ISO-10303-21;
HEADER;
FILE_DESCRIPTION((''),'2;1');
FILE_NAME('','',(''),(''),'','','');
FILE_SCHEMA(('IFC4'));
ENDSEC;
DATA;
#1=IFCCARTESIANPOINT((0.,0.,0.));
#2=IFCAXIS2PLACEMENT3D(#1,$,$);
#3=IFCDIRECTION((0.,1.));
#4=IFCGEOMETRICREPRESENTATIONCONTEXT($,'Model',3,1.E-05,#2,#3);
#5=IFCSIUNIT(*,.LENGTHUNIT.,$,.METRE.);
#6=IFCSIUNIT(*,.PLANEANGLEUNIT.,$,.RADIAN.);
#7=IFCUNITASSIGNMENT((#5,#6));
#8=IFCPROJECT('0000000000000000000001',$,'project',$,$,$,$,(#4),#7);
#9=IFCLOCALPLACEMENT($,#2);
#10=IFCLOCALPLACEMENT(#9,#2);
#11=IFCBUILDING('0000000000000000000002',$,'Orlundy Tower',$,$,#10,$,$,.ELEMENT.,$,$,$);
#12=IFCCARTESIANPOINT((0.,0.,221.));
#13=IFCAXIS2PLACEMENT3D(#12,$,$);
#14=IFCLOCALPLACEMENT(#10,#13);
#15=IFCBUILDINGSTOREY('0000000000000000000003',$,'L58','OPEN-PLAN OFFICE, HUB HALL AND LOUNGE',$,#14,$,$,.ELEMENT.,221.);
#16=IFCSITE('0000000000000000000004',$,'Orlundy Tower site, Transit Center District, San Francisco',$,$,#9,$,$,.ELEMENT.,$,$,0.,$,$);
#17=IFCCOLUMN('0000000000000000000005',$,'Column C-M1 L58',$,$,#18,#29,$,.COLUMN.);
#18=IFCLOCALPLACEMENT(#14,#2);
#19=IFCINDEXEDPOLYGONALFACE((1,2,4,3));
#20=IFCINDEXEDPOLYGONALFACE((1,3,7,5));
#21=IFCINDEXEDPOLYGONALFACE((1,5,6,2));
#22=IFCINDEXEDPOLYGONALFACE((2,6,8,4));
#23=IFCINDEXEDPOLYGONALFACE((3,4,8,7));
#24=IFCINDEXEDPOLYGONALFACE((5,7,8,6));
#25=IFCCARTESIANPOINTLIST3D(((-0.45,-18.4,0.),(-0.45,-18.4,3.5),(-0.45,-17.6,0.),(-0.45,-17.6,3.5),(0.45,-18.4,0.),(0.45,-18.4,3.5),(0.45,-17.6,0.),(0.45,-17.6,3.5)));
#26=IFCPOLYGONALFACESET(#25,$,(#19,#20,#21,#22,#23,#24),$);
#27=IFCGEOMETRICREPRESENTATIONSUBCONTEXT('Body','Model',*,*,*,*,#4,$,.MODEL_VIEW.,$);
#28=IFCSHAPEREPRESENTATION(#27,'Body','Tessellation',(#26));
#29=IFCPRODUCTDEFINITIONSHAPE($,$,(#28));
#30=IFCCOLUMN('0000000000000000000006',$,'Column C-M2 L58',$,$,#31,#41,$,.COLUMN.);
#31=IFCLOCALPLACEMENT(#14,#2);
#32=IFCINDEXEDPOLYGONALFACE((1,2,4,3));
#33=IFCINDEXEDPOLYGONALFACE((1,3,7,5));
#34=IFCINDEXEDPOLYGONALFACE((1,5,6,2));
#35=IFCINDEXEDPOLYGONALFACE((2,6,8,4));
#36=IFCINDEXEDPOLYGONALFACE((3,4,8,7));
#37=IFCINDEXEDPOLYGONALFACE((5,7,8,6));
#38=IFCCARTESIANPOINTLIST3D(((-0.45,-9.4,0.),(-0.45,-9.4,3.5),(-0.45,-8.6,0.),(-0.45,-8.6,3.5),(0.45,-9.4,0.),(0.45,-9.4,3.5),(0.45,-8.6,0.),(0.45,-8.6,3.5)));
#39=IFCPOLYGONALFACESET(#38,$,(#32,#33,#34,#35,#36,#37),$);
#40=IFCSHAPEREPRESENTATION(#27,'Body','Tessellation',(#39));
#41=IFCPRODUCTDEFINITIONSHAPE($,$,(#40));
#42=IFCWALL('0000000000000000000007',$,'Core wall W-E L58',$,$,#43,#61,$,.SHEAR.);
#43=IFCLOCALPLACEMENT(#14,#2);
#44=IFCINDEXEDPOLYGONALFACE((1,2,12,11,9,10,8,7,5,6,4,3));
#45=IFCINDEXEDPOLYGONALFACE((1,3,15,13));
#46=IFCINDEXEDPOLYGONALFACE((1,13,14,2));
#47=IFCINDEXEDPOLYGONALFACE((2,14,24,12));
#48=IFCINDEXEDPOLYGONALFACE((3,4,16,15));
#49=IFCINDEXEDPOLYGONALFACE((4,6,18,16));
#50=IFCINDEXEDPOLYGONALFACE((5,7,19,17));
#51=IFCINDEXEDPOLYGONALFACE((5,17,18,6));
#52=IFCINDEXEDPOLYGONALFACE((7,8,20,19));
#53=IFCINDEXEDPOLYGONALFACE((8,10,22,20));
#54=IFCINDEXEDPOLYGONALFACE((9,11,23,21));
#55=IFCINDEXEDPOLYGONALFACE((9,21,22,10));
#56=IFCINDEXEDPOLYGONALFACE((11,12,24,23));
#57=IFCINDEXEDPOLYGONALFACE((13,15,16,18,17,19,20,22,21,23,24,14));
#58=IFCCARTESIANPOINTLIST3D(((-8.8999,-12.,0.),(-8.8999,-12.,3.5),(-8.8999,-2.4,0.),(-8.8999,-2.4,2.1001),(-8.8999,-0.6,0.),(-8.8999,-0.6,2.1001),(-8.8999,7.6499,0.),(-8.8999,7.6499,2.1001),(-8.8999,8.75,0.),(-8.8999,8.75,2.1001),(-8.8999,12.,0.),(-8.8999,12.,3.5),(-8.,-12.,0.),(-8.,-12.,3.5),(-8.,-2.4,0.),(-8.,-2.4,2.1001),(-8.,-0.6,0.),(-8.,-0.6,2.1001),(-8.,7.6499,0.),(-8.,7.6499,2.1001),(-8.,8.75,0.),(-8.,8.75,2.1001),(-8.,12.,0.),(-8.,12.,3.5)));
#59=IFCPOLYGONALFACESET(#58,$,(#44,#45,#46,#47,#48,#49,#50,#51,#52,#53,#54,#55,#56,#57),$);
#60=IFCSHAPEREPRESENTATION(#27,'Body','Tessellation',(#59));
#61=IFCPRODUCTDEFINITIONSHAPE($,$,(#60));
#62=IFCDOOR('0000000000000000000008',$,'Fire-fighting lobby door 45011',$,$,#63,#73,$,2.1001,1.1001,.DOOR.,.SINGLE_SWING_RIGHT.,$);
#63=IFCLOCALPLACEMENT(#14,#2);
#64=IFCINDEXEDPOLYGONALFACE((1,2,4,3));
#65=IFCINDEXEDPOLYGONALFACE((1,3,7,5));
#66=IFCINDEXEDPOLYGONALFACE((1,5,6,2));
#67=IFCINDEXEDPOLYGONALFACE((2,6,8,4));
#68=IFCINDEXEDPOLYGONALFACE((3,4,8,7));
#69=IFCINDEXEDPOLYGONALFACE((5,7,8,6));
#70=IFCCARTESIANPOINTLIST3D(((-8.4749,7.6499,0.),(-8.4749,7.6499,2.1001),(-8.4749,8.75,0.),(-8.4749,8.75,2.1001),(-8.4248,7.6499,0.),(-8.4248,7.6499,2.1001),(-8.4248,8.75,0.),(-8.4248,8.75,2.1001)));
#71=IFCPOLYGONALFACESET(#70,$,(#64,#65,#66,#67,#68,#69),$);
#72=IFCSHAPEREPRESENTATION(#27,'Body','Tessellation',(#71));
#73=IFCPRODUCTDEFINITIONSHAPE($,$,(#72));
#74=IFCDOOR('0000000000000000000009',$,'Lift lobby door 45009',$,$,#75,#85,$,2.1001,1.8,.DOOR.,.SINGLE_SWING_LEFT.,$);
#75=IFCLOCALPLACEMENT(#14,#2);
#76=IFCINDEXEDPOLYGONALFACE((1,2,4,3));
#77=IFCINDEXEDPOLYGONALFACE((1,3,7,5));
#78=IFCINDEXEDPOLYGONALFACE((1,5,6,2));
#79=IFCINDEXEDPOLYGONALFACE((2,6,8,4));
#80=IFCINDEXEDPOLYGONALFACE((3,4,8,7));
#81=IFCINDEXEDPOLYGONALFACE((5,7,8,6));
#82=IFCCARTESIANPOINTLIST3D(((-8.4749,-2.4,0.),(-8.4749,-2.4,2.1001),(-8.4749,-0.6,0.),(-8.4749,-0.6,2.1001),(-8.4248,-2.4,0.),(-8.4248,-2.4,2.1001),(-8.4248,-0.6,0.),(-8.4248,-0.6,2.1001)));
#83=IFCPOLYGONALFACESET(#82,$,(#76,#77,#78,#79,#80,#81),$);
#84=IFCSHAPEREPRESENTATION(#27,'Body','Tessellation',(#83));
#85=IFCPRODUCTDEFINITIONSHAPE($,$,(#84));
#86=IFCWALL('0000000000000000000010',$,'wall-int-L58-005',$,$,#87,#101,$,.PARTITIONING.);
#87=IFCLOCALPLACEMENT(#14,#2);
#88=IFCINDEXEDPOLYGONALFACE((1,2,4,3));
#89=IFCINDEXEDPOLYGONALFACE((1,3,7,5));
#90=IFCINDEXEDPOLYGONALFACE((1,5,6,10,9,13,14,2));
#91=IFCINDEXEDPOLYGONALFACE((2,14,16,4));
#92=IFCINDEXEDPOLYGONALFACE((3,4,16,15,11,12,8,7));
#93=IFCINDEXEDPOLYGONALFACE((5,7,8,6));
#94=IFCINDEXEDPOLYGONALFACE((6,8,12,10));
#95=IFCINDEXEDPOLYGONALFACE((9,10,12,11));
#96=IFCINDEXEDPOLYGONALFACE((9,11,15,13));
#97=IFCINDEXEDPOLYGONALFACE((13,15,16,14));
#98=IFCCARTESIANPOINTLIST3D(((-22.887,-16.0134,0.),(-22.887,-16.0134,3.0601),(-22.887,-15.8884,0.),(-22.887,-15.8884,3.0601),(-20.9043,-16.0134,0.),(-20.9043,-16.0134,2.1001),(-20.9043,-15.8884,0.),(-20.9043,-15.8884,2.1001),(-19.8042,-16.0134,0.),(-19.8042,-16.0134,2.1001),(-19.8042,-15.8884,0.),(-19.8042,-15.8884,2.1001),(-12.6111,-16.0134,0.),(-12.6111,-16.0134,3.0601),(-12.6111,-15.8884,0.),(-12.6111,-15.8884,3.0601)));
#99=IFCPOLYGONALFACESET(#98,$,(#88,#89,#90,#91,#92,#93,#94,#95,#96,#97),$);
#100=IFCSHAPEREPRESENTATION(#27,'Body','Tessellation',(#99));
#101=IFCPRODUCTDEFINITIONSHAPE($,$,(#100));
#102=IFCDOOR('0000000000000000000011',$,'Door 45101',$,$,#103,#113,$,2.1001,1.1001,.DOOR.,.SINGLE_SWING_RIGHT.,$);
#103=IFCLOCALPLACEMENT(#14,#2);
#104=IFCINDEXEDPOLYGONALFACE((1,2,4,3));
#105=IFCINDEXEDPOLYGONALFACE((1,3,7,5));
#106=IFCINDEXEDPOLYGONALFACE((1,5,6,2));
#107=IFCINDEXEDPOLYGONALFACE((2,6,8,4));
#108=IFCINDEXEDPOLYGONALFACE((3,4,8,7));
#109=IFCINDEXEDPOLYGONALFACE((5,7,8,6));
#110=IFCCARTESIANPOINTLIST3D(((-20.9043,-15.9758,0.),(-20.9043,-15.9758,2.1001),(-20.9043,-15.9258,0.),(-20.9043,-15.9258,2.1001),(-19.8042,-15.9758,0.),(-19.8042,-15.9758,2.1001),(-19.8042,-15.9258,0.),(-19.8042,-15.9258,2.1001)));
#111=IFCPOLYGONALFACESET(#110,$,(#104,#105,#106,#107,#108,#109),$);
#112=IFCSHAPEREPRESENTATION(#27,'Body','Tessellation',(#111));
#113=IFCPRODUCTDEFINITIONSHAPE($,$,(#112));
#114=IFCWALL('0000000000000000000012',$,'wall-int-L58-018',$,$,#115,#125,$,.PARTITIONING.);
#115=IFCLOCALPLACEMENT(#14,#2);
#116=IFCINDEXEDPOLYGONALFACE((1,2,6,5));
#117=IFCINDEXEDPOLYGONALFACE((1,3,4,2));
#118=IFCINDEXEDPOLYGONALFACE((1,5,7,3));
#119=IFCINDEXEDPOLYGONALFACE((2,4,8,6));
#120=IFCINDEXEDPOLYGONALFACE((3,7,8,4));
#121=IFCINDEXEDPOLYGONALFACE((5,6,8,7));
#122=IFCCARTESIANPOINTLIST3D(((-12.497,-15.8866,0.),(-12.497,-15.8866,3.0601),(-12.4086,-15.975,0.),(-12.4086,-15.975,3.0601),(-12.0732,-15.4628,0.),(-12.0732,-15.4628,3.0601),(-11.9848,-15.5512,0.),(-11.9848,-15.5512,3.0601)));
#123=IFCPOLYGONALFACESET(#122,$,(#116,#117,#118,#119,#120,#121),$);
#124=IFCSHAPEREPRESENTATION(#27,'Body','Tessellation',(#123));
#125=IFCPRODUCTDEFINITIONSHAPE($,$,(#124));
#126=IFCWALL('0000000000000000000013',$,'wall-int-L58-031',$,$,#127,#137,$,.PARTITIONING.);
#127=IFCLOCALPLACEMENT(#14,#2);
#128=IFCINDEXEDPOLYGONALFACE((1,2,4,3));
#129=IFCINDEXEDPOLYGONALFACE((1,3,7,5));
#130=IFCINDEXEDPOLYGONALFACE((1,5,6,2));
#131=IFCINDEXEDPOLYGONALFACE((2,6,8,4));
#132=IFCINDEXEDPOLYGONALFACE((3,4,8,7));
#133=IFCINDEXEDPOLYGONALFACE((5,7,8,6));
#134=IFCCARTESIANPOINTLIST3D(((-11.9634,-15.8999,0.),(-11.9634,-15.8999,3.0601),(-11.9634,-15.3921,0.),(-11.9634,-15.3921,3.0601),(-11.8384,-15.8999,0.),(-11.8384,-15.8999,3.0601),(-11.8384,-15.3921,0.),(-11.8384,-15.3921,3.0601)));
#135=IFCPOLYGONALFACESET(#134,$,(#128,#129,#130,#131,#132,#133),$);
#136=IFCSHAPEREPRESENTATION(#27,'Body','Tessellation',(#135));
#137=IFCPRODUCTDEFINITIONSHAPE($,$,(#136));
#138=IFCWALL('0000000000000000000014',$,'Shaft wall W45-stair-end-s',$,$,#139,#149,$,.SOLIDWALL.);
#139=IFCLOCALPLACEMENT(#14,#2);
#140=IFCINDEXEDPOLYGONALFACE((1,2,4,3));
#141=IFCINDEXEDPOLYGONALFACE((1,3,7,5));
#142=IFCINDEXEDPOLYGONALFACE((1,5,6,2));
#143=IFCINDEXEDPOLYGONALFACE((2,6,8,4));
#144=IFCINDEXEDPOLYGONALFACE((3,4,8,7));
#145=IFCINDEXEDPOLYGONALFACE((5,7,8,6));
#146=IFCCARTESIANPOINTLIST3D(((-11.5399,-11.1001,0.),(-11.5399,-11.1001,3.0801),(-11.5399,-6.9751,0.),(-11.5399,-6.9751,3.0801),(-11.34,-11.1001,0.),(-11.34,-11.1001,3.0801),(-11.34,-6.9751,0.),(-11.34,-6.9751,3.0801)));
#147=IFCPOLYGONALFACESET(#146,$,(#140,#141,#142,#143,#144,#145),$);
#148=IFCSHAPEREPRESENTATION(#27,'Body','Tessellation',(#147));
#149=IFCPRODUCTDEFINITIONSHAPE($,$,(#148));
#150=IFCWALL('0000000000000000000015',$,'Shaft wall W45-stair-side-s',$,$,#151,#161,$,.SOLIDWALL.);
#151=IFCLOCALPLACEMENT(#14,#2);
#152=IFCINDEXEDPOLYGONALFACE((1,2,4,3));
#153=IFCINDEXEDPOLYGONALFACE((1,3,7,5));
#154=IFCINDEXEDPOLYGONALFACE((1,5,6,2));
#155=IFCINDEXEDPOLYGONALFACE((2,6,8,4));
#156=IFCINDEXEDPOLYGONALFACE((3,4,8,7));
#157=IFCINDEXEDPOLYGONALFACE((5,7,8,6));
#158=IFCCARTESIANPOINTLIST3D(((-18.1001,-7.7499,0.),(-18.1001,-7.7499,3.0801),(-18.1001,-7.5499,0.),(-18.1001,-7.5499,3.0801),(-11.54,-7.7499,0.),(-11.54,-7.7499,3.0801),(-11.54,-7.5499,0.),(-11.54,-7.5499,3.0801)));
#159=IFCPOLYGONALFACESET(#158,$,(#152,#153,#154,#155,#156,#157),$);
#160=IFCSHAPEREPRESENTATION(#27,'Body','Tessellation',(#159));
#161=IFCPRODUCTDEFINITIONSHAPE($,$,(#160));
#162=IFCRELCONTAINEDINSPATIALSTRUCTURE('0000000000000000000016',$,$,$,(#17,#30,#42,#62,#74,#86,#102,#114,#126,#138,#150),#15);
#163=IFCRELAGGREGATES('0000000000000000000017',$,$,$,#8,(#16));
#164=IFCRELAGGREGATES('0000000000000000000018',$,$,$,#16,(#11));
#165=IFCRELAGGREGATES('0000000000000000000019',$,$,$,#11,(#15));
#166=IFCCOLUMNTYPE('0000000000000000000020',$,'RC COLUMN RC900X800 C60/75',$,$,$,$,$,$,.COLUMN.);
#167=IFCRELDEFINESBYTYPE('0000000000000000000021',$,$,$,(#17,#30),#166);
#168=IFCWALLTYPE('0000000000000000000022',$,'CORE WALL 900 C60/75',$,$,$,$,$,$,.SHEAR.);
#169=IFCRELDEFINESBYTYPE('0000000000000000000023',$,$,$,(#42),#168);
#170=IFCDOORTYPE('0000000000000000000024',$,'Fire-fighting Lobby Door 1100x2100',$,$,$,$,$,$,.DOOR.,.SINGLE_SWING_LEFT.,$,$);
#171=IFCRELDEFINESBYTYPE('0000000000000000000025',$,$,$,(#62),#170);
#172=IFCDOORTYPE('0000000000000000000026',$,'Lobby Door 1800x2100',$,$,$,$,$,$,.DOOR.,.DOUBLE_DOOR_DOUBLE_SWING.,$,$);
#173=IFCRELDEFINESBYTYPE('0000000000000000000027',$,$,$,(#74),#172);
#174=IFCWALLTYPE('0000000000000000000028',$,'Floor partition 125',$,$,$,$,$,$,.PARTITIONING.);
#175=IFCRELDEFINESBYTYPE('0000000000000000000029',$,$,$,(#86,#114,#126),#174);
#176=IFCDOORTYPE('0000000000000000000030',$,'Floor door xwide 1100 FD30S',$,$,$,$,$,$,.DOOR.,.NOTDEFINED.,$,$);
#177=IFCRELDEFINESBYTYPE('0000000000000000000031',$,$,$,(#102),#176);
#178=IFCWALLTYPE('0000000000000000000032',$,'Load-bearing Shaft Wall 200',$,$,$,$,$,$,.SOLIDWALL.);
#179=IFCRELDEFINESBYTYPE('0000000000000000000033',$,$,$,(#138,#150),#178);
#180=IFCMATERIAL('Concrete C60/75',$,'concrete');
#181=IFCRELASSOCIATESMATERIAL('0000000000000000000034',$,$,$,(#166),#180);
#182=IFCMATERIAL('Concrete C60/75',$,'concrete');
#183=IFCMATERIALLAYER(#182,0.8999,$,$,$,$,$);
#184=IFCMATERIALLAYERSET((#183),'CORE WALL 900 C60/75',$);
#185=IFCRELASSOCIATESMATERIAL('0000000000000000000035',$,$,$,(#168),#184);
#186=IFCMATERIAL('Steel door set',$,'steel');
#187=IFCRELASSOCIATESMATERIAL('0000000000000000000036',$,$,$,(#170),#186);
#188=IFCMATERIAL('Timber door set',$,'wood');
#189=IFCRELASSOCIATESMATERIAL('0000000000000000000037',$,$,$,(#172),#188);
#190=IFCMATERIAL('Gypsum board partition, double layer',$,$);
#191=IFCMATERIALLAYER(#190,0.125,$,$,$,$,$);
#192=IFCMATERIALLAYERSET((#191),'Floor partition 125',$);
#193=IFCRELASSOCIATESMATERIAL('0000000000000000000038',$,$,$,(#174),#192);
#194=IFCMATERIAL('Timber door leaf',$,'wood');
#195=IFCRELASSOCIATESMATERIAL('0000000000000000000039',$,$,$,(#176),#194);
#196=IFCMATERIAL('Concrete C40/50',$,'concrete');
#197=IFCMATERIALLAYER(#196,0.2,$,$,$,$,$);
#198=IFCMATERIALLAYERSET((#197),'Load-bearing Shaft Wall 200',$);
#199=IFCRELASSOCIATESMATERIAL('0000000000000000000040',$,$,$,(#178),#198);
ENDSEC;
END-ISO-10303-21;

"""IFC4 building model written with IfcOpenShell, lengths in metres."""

from ifc_helpers import new_model, si_unit, direction, frame, frame_2d, origin, origin_2d, place, context, subcontext, project, spatial, rectangle, extrude, material, layer, layer_set, material_profile, profile_set, type_object, element, fill, save


model = new_model("IFC4")

# Units and contexts
model_context = context("Model", 3, precision=1e-05, world=origin(), true_north=direction((0.0, 1.0)))
body_context = subcontext(model_context, "Body", "Model", "MODEL_VIEW")
ifc_project = project(units=[si_unit("LENGTHUNIT", "METRE"), si_unit("PLANEANGLEUNIT", "RADIAN")], contexts=[model_context])

# Site, building, storey
site_placement = place(None, origin())
site = spatial("IfcSite", under=ifc_project, at=site_placement, Name="Orlundy Tower site, Transit Center District, San Francisco", CompositionType="ELEMENT", RefElevation=0.0)
building_placement = place(site_placement, origin())
building = spatial("IfcBuilding", under=site, at=building_placement, Name="Orlundy Tower", CompositionType="ELEMENT")
storey_placement = place(building_placement, frame((0.0, 0.0, 221.0)))
storey = spatial("IfcBuildingStorey", under=building, at=storey_placement, Name="L58", Description="OPEN-PLAN OFFICE, HUB HALL AND LOUNGE", CompositionType="ELEMENT", Elevation=221.0)

# Columns
ifc_material_1 = material(Name="Concrete C60/75", Category="concrete")
ifc_material_profile = material_profile(ifc_material_1, rectangle(XDim=0.8999, YDim=0.8, at=origin_2d()), Name="RC900X800")
ifc_profile_set = profile_set([ifc_material_profile], Name="Concrete C60/75")
column_type = type_object("IfcColumnType", Name="RC COLUMN RC900X800 C60/75", PredefinedType="COLUMN", material=ifc_profile_set)
for number, where, z_axis, x_axis, name in (
    (1, (0.0, -18.0, 0.0), (0.0, 0.0, 1.0), (1.0, 0.0, 0.0), "Column C-M1 L58"),
    (2, (0.0, -9.0, 0.0), (0.0, 0.0, 1.0), (1.0, 0.0, 0.0), "Column C-M2 L58"),
):
    element("IfcColumn", number, at=place(storey_placement, frame(where, z_axis=z_axis, x_axis=x_axis)), inside=storey, type_object=column_type, Name=name, PredefinedType="COLUMN", context=body_context, shape_type="SweptSolid", body=[
        extrude(rectangle(XDim=0.8999, YDim=0.8, at=origin_2d()), origin(), (0.0, 0.0, 1.0), 3.5),
    ])

# Wall, openings, doors
ifc_material_2 = material(Name="Concrete C60/75", Category="concrete")
ifc_layer_1 = layer(ifc_material_2, 0.8999)
ifc_layer_set_1 = layer_set([ifc_layer_1], Name="CORE WALL 900 C60/75")
wall_type_1 = type_object("IfcWallType", Name="CORE WALL 900 C60/75", PredefinedType="SHEAR", material=ifc_layer_set_1)
wall_1_placement = place(storey_placement, frame((-8.45, -12.0, 0.0), z_axis=(0.0, 0.0, 1.0), x_axis=(0.0, 1.0, 0.0)))
wall_1 = element("IfcWall", 3, at=wall_1_placement, inside=storey, type_object=wall_type_1, Name="Core wall W-E L58", PredefinedType="SHEAR", context=body_context, shape_type="SweptSolid", body=[
    extrude(rectangle(XDim=24.0, YDim=0.8999, at=frame_2d((12.0, 0.0))), origin(), (0.0, 0.0, 1.0), 3.5),
])
opening_1_placement = place(wall_1_placement, frame((9.6001, 0.0, 0.0)))
opening_1 = element("IfcOpeningElement", 4, at=opening_1_placement, cuts=wall_1, PredefinedType="OPENING", context=body_context, shape_type="SweptSolid", body=[
    extrude(rectangle(XDim=1.8, YDim=2.1001, at=frame_2d((0.8999, 1.05))), frame((0.0, 0.46, 0.0), z_axis=(0.0, -1.0, 0.0), x_axis=(1.0, 0.0, 0.0)), (0.0, 0.0, 1.0), 0.9199),
])
opening_2_placement = place(wall_1_placement, frame((19.6499, 0.0, 0.0)))
opening_2 = element("IfcOpeningElement", 5, at=opening_2_placement, cuts=wall_1, PredefinedType="OPENING", context=body_context, shape_type="SweptSolid", body=[
    extrude(rectangle(XDim=1.1001, YDim=2.1001, at=frame_2d((0.55, 1.05))), frame((0.0, 0.46, 0.0), z_axis=(0.0, -1.0, 0.0), x_axis=(1.0, 0.0, 0.0)), (0.0, 0.0, 1.0), 0.9199),
])
ifc_material_3 = material(Name="Steel door set", Category="steel")
door_type_1 = type_object("IfcDoorType", Name="Fire-fighting Lobby Door 1100x2100", OperationType="SINGLE_SWING_LEFT", PredefinedType="DOOR", material=ifc_material_3)
door_1_placement = place(opening_2_placement, origin())
door_1 = element("IfcDoor", 6, at=door_1_placement, inside=storey, type_object=door_type_1, Name="Fire-fighting lobby door 45011", OperationType="SINGLE_SWING_RIGHT", OverallHeight=2.1001, OverallWidth=1.1001, PredefinedType="DOOR", context=body_context, shape_type="SweptSolid", body=[
    extrude(rectangle(XDim=1.1001, YDim=2.1001, at=frame_2d((0.55, 1.05))), frame((0.0, 0.0249, 0.0), z_axis=(0.0, -1.0, 0.0), x_axis=(1.0, 0.0, 0.0)), (0.0, 0.0, 1.0), 0.05),
])
fill(opening_2, door_1)
ifc_material_4 = material(Name="Timber door set", Category="wood")
door_type_2 = type_object("IfcDoorType", Name="Lobby Door 1800x2100", OperationType="DOUBLE_DOOR_DOUBLE_SWING", PredefinedType="DOOR", material=ifc_material_4)
door_2_placement = place(opening_1_placement, origin())
door_2 = element("IfcDoor", 7, at=door_2_placement, inside=storey, type_object=door_type_2, Name="Lift lobby door 45009", OperationType="SINGLE_SWING_LEFT", OverallHeight=2.1001, OverallWidth=1.8, PredefinedType="DOOR", context=body_context, shape_type="SweptSolid", body=[
    extrude(rectangle(XDim=1.8, YDim=2.1001, at=frame_2d((0.8999, 1.05))), frame((0.0, 0.0249, 0.0), z_axis=(0.0, -1.0, 0.0), x_axis=(1.0, 0.0, 0.0)), (0.0, 0.0, 1.0), 0.05),
])
fill(opening_1, door_2)

# Wall, opening, door
ifc_material_5 = material(Name="Gypsum board partition, double layer")
ifc_layer_2 = layer(ifc_material_5, 0.125)
ifc_layer_set_2 = layer_set([ifc_layer_2], Name="Floor partition 125")
wall_type_2 = type_object("IfcWallType", Name="Floor partition 125", PredefinedType="PARTITIONING", material=ifc_layer_set_2)
wall_2_placement = place(storey_placement, frame((-12.6111, -15.9509, 0.0), z_axis=(0.0, 0.0, 1.0), x_axis=(-1.0, 0.0, 0.0)))
wall_2 = element("IfcWall", 8, at=wall_2_placement, inside=storey, type_object=wall_type_2, Name="wall-int-L58-005", PredefinedType="PARTITIONING", context=body_context, shape_type="SweptSolid", body=[
    extrude(rectangle(XDim=10.2759, YDim=0.125, at=frame_2d((5.1379, 0.0))), origin(), (0.0, 0.0, 1.0), 3.0601),
])
opening_3_placement = place(wall_2_placement, frame((7.1931, 0.0, 0.0)))
opening_3 = element("IfcOpeningElement", 9, at=opening_3_placement, cuts=wall_2, PredefinedType="OPENING", context=body_context, shape_type="SweptSolid", body=[
    extrude(rectangle(XDim=1.1001, YDim=2.1001, at=frame_2d((0.55, 1.05))), frame((0.0, 0.0725, 0.0), z_axis=(0.0, -1.0, 0.0), x_axis=(1.0, 0.0, 0.0)), (0.0, 0.0, 1.0), 0.145),
])
ifc_material_6 = material(Name="Timber door leaf", Category="wood")
door_type_3 = type_object("IfcDoorType", Name="Floor door xwide 1100 FD30S", OperationType="NOTDEFINED", PredefinedType="DOOR", material=ifc_material_6)
door_3_placement = place(opening_3_placement, origin())
door_3 = element("IfcDoor", 10, at=door_3_placement, inside=storey, type_object=door_type_3, Name="Door 45101", OperationType="SINGLE_SWING_RIGHT", OverallHeight=2.1001, OverallWidth=1.1001, PredefinedType="DOOR", context=body_context, shape_type="SweptSolid", body=[
    extrude(rectangle(XDim=1.1001, YDim=2.1001, at=frame_2d((0.55, 1.05))), frame((0.0, 0.0249, 0.0), z_axis=(0.0, -1.0, 0.0), x_axis=(1.0, 0.0, 0.0)), (0.0, 0.0, 1.0), 0.05),
])
fill(opening_3, door_3)

# Walls
wall_3_placement = place(storey_placement, frame((-12.4529, -15.9309, 0.0), z_axis=(0.0, 0.0, 1.0), x_axis=(0.707107, 0.707107, 0.0)))
element("IfcWall", 11, at=wall_3_placement, inside=storey, type_object=wall_type_2, Name="wall-int-L58-018", PredefinedType="PARTITIONING", context=body_context, shape_type="SweptSolid", body=[
    extrude(rectangle(XDim=0.5994, YDim=0.125, at=frame_2d((0.2998, 0.0))), origin(), (0.0, 0.0, 1.0), 3.0601),
])
wall_4_placement = place(storey_placement, frame((-11.9009, -15.8999, 0.0), z_axis=(0.0, 0.0, 1.0), x_axis=(0.0, 1.0, 0.0)))
element("IfcWall", 12, at=wall_4_placement, inside=storey, type_object=wall_type_2, Name="wall-int-L58-031", PredefinedType="PARTITIONING", context=body_context, shape_type="SweptSolid", body=[
    extrude(rectangle(XDim=0.5078, YDim=0.125, at=frame_2d((0.2539, 0.0))), origin(), (0.0, 0.0, 1.0), 3.0601),
])
ifc_material_7 = material(Name="Concrete C40/50", Category="concrete")
ifc_layer_3 = layer(ifc_material_7, 0.2)
ifc_layer_set_3 = layer_set([ifc_layer_3], Name="Load-bearing Shaft Wall 200")
wall_type_3 = type_object("IfcWallType", Name="Load-bearing Shaft Wall 200", PredefinedType="SOLIDWALL", material=ifc_layer_set_3)
wall_5_placement = place(storey_placement, frame((-11.4399, -11.1001, 0.0), z_axis=(0.0, 0.0, 1.0), x_axis=(0.0, 1.0, 0.0)))
element("IfcWall", 13, at=wall_5_placement, inside=storey, type_object=wall_type_3, Name="Shaft wall W45-stair-end-s", PredefinedType="SOLIDWALL", context=body_context, shape_type="SweptSolid", body=[
    extrude(rectangle(XDim=4.125, YDim=0.2, at=frame_2d((2.0625, 0.0))), origin(), (0.0, 0.0, 1.0), 3.0801),
])
wall_6_placement = place(storey_placement, frame((-11.54, -7.6499, 0.0), z_axis=(0.0, 0.0, 1.0), x_axis=(-1.0, 0.0, 0.0)))
element("IfcWall", 14, at=wall_6_placement, inside=storey, type_object=wall_type_3, Name="Shaft wall W45-stair-side-s", PredefinedType="SOLIDWALL", context=body_context, shape_type="SweptSolid", body=[
    extrude(rectangle(XDim=6.5601, YDim=0.2, at=frame_2d((3.28, 0.0))), origin(), (0.0, 0.0, 1.0), 3.0801),
])

save(model, "model.ifc")
